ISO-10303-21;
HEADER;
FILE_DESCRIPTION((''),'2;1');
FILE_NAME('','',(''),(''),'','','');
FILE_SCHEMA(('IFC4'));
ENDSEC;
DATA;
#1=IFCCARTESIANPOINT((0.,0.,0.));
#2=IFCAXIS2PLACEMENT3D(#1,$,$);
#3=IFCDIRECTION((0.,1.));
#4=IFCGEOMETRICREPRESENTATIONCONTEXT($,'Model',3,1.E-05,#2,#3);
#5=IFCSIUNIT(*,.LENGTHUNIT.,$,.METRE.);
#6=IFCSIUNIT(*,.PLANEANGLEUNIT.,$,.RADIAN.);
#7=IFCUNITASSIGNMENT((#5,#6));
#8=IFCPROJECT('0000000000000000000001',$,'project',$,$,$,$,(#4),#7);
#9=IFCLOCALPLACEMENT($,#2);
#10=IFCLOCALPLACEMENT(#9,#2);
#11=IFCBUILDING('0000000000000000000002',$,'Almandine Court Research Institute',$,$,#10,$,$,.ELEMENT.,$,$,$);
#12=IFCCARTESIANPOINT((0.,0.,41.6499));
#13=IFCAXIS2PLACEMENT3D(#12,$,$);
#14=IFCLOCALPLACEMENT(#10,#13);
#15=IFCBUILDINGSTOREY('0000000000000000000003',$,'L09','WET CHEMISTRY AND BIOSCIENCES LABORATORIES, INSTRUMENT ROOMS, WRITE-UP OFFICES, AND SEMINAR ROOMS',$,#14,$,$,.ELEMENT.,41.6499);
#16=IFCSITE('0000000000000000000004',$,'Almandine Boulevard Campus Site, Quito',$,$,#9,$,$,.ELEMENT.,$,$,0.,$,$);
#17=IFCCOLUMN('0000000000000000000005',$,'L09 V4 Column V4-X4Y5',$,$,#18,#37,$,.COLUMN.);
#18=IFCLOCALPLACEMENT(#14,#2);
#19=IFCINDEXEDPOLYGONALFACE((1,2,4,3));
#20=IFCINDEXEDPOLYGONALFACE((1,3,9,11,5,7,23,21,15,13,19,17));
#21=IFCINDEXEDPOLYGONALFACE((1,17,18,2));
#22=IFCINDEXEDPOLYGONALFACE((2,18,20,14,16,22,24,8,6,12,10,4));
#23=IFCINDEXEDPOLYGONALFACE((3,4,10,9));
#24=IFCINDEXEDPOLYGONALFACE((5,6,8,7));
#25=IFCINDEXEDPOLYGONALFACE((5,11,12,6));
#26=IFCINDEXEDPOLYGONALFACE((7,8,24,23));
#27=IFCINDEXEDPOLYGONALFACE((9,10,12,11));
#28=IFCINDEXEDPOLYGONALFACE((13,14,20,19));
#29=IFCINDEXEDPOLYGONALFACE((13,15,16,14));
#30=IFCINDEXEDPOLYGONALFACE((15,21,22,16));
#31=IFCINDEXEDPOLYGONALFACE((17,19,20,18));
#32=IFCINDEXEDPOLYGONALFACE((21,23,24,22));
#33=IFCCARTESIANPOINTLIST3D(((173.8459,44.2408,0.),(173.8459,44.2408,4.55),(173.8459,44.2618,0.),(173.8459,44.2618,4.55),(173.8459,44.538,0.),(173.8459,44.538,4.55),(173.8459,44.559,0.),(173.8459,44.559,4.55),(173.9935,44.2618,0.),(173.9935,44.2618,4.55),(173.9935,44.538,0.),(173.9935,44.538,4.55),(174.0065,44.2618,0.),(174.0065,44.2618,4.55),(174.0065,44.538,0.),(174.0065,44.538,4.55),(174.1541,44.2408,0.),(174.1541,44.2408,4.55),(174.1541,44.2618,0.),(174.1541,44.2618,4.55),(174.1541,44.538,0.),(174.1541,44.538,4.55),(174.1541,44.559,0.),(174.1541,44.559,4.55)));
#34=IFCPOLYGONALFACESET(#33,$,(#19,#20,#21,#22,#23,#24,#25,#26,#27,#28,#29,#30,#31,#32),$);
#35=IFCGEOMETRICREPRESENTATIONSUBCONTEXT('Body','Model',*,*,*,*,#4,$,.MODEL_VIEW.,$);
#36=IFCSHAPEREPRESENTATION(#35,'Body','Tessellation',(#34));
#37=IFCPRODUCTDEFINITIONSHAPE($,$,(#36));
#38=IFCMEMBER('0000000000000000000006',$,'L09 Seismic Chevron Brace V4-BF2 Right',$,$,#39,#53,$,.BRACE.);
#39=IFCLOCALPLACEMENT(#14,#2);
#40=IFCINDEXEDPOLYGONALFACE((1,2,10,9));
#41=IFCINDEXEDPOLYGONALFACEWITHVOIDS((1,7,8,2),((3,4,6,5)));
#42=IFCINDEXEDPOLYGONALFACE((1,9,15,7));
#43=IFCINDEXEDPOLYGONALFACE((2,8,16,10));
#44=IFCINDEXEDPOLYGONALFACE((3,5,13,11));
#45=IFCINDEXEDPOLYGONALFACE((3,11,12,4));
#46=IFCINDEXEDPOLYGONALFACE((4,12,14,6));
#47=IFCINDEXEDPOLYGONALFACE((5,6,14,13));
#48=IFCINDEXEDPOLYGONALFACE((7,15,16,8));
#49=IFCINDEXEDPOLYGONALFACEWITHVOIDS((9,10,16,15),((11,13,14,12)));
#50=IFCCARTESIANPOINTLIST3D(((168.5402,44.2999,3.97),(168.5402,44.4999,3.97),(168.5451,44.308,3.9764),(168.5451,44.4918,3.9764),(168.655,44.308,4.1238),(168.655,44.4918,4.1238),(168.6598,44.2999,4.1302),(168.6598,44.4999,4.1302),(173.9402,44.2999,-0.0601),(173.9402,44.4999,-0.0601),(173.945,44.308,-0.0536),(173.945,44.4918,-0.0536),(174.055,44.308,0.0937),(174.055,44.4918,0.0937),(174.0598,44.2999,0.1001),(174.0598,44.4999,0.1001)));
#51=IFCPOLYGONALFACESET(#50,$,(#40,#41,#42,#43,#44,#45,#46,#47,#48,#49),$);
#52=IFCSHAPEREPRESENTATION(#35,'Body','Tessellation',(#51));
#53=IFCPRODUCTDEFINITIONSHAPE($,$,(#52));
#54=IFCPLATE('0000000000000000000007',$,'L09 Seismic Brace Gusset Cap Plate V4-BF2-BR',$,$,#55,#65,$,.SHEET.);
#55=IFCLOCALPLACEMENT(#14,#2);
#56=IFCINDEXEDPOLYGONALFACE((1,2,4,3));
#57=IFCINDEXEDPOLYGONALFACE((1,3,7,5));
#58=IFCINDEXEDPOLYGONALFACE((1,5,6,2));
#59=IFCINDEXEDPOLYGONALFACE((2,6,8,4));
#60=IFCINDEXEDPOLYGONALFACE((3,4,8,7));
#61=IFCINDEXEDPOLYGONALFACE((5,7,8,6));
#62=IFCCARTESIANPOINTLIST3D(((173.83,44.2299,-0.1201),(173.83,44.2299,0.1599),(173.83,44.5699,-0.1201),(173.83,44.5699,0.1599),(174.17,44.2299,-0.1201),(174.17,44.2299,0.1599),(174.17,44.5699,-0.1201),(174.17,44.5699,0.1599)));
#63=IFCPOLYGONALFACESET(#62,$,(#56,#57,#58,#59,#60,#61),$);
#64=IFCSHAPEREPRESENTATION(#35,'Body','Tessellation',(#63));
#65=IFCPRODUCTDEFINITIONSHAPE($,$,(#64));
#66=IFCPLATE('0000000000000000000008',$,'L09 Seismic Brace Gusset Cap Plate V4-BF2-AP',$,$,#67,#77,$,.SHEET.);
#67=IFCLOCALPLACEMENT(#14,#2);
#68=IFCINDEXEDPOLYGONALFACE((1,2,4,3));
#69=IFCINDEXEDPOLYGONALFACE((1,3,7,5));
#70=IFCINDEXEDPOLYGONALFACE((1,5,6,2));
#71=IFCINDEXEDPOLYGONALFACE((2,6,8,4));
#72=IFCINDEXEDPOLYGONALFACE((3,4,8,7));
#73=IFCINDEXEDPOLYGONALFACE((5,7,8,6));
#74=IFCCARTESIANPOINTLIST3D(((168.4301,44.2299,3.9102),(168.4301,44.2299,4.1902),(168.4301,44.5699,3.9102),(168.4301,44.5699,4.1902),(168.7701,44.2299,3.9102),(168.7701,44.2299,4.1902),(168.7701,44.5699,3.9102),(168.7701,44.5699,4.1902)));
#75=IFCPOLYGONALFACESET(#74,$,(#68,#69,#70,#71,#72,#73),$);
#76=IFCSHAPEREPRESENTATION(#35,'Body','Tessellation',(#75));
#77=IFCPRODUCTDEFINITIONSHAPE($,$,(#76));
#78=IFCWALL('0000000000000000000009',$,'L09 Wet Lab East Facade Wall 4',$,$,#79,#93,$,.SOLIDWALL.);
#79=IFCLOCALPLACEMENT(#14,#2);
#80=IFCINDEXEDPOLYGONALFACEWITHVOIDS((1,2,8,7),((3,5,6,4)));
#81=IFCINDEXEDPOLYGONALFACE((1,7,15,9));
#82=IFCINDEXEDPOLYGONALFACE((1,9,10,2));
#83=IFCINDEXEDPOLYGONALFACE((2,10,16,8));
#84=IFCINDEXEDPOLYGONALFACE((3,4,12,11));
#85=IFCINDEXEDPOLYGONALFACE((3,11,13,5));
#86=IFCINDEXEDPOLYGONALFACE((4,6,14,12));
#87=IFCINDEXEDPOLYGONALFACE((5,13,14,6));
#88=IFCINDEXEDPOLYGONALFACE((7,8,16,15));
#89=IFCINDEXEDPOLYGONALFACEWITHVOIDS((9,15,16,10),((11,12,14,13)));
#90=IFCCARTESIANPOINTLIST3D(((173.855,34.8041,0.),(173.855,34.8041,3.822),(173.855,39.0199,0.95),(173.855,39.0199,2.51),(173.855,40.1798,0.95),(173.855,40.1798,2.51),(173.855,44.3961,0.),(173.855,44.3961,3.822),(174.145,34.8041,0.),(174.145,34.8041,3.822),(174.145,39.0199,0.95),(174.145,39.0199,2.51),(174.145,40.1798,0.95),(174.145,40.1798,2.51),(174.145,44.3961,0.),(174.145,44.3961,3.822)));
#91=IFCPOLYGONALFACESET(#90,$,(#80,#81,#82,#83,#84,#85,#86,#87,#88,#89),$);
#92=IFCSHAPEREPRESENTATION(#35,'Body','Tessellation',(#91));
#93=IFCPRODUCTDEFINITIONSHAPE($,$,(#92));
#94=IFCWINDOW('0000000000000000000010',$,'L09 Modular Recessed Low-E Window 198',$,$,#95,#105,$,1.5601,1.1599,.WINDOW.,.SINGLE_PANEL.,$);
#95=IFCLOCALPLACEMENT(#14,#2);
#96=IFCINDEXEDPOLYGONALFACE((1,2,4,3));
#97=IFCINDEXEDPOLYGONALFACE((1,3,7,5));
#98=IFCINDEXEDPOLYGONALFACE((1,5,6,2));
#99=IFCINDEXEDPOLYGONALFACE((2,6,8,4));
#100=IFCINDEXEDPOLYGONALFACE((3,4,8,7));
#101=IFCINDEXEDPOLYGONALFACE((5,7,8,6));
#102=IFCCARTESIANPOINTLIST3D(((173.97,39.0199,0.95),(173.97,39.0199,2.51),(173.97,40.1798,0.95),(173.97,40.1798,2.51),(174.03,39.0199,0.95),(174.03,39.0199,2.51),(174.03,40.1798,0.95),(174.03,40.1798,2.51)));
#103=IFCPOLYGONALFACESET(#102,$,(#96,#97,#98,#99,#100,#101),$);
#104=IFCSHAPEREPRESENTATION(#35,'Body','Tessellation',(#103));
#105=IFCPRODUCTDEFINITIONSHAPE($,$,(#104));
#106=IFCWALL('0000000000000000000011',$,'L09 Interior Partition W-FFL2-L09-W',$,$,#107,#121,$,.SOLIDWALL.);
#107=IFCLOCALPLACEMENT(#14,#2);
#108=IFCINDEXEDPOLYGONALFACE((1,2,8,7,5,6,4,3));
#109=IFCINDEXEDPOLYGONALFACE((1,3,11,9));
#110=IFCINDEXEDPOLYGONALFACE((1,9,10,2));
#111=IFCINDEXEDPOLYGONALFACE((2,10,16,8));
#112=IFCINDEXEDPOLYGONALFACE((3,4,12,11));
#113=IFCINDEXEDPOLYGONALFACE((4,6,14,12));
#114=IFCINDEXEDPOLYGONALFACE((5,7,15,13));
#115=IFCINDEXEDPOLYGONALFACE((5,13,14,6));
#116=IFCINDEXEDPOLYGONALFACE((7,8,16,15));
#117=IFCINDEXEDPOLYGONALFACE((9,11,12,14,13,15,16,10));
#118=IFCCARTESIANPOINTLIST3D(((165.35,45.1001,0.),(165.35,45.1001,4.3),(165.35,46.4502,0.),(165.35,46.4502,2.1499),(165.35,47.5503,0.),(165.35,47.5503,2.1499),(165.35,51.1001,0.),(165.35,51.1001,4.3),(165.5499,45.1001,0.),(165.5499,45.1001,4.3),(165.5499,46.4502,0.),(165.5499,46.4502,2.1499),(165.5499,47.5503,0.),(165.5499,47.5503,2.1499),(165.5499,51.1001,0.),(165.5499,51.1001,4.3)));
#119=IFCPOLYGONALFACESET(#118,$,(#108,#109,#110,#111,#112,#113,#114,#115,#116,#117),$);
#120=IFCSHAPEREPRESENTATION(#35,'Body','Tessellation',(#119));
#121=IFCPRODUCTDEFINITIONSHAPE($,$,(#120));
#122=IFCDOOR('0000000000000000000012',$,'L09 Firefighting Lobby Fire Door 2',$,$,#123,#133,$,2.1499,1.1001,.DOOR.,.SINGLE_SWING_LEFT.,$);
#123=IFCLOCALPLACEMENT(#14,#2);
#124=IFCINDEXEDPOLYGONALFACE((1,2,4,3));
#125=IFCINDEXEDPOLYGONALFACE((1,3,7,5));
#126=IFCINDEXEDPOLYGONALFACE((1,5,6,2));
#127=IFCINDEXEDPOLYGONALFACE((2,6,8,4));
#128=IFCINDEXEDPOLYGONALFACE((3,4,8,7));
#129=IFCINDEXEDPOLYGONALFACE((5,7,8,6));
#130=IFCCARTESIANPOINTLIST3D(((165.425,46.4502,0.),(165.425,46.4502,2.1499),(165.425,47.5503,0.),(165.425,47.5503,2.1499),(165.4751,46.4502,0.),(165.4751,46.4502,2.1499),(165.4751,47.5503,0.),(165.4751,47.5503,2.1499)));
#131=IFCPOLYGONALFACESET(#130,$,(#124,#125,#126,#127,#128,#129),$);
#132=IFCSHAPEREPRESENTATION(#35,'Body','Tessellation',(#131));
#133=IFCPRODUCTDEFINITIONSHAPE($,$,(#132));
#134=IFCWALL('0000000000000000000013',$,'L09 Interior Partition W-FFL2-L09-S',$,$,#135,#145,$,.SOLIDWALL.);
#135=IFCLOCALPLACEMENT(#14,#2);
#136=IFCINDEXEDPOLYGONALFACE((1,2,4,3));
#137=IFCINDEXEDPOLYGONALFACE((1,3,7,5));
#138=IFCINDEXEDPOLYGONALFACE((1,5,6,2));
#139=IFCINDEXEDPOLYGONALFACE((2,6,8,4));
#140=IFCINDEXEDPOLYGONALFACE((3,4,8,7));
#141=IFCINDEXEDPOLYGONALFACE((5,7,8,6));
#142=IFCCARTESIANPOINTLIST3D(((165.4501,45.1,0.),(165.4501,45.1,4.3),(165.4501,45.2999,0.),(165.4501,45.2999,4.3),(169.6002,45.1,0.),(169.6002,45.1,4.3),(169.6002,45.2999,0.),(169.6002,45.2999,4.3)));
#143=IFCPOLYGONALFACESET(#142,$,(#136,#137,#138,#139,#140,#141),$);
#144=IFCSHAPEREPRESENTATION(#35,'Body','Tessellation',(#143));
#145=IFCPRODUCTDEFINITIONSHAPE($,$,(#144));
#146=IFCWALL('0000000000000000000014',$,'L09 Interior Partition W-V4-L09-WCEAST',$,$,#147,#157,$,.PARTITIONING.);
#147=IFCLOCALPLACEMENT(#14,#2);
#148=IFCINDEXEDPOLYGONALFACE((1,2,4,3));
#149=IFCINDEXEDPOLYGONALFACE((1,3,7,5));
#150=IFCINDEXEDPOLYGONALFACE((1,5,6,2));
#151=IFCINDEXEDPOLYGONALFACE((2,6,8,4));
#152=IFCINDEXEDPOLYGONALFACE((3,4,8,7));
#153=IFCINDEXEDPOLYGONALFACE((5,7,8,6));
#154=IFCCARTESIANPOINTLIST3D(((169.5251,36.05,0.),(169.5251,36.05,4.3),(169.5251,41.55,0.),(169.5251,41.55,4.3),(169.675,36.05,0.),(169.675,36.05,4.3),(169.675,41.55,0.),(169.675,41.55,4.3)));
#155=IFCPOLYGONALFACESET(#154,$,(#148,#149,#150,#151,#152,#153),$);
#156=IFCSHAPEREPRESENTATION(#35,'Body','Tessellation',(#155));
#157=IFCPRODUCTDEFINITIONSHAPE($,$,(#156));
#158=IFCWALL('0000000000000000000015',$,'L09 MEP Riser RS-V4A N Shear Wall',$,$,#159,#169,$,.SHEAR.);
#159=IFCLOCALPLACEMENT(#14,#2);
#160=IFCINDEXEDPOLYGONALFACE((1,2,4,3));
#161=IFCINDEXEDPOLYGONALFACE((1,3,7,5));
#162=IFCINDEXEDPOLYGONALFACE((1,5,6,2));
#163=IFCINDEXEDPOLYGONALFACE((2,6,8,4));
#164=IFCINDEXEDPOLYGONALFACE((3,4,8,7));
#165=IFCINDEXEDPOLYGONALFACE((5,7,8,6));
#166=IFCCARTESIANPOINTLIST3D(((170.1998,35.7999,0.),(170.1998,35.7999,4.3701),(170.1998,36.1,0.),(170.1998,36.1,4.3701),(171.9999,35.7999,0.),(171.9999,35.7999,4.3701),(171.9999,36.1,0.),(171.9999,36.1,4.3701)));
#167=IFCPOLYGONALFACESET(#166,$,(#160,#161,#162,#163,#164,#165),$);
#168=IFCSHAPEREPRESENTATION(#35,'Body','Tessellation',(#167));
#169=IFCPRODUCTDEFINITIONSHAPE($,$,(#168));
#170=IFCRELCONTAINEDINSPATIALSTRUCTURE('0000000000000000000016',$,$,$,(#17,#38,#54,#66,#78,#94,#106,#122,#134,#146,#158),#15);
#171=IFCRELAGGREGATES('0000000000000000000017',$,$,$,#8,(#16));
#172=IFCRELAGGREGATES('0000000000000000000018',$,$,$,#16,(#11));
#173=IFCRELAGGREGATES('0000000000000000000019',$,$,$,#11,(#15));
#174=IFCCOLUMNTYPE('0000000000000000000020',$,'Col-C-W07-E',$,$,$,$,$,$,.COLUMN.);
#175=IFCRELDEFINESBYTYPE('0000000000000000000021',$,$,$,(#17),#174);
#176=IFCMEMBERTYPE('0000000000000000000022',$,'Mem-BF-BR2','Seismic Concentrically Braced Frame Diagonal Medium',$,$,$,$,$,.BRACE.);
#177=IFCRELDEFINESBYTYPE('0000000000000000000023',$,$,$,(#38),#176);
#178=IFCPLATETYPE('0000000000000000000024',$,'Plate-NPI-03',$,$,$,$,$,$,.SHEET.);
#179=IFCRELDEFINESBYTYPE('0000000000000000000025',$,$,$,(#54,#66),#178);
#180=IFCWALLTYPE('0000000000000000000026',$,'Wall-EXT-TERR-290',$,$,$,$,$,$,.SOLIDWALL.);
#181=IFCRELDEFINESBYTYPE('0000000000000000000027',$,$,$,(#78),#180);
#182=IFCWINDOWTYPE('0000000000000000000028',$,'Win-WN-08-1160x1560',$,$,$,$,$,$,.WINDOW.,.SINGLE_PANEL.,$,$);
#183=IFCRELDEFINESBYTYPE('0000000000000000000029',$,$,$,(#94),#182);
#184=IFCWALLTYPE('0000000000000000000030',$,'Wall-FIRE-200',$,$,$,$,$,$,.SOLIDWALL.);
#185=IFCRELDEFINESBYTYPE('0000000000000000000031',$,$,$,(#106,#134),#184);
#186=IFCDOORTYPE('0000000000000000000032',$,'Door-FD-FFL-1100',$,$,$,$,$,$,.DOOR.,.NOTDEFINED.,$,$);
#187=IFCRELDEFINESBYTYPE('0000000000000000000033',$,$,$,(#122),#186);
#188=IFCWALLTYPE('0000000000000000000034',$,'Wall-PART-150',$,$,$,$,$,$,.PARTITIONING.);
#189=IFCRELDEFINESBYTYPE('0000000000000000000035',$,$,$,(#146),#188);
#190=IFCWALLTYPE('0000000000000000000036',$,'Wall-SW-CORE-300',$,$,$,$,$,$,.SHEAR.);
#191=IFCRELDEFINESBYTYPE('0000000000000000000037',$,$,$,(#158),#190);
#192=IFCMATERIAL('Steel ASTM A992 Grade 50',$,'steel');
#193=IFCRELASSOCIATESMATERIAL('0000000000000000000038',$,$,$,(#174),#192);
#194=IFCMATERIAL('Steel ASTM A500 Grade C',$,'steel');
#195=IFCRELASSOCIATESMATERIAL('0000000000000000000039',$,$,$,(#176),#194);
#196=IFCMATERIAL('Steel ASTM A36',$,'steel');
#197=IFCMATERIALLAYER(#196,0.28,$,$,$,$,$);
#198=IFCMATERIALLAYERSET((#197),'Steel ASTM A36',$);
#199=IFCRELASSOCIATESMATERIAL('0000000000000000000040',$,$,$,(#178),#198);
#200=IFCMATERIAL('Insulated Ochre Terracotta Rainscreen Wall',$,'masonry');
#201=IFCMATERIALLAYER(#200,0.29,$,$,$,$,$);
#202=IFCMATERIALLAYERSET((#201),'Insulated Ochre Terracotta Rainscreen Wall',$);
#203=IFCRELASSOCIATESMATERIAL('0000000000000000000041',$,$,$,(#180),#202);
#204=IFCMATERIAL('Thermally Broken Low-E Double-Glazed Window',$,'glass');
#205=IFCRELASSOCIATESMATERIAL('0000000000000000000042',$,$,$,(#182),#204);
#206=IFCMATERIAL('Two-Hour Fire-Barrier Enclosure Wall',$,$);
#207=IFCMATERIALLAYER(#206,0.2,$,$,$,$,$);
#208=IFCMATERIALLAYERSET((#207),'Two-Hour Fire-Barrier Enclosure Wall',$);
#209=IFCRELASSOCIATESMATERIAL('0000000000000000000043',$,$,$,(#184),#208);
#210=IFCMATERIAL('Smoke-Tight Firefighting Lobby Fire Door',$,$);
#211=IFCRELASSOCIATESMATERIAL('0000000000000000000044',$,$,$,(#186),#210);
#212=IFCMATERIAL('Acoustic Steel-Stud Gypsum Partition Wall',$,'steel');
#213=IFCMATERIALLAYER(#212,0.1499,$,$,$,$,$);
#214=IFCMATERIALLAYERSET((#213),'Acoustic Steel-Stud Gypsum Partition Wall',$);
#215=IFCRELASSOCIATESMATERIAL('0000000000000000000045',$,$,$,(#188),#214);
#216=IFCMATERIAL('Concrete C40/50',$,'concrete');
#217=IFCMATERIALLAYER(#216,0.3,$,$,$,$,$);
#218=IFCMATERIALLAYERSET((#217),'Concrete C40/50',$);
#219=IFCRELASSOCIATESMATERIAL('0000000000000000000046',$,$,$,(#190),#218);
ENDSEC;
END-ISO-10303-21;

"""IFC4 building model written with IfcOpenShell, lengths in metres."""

from ifc_helpers import new_model, si_unit, direction, frame, frame_2d, origin, origin_2d, place, context, subcontext, project, spatial, rectangle, hollow_rectangle, i_section, extrude, material, layer, layer_set, material_profile, profile_set, type_object, element, fill, save


model = new_model("IFC4")

# Units and contexts
model_context = context("Model", 3, precision=1e-05, world=origin(), true_north=direction((0.0, 1.0)))
body_context = subcontext(model_context, "Body", "Model", "MODEL_VIEW")
ifc_project = project(units=[si_unit("LENGTHUNIT", "METRE"), si_unit("PLANEANGLEUNIT", "RADIAN")], contexts=[model_context])

# Site, building, storey
site_placement = place(None, origin())
site = spatial("IfcSite", under=ifc_project, at=site_placement, Name="Almandine Boulevard Campus Site, Quito", CompositionType="ELEMENT", RefElevation=0.0)
building_placement = place(site_placement, origin())
building = spatial("IfcBuilding", under=site, at=building_placement, Name="Almandine Court Research Institute", CompositionType="ELEMENT")
storey_placement = place(building_placement, frame((0.0, 0.0, 41.6499)))
storey = spatial("IfcBuildingStorey", under=building, at=storey_placement, Name="L09", Description="WET CHEMISTRY AND BIOSCIENCES LABORATORIES, INSTRUMENT ROOMS, WRITE-UP OFFICES, AND SEMINAR ROOMS", CompositionType="ELEMENT", Elevation=41.6499)

# Column
ifc_material_1 = material(Name="Steel ASTM A992 Grade 50", Category="steel")
ifc_material_profile_1 = material_profile(ifc_material_1, i_section(OverallWidth=0.3081, OverallDepth=0.3181, WebThickness=0.0129, FlangeThickness=0.021, at=origin_2d()), Name="W310x129")
ifc_profile_set_1 = profile_set([ifc_material_profile_1], Name="Steel ASTM A992 Grade 50")
column_type = type_object("IfcColumnType", Name="Col-C-W07-E", PredefinedType="COLUMN", material=ifc_profile_set_1)
column_placement = place(storey_placement, frame((174.0, 44.3999, 0.0), z_axis=(0.0, 0.0, 1.0), x_axis=(1.0, 0.0, 0.0)))
element("IfcColumn", 1, at=column_placement, inside=storey, type_object=column_type, Name="L09 V4 Column V4-X4Y5", PredefinedType="COLUMN", context=body_context, shape_type="SweptSolid", body=[
    extrude(i_section(OverallWidth=0.3081, OverallDepth=0.3181, WebThickness=0.0129, FlangeThickness=0.021, at=origin_2d()), origin(), (0.0, 0.0, 1.0), 4.55),
])

# Member
ifc_material_2 = material(Name="Steel ASTM A500 Grade C", Category="steel")
ifc_material_profile_2 = material_profile(ifc_material_2, hollow_rectangle(XDim=0.2, YDim=0.2, WallThickness=0.0081, at=origin_2d()), Name="HSS 200x200x8")
ifc_profile_set_2 = profile_set([ifc_material_profile_2], Name="Steel ASTM A500 Grade C")
member_type = type_object("IfcMemberType", Name="Mem-BF-BR2", Description="Seismic Concentrically Braced Frame Diagonal Medium", PredefinedType="BRACE", material=ifc_profile_set_2)
member_placement = place(storey_placement, frame((174.0, 44.3999, 0.02), z_axis=(-0.801415, 0.0, 0.598108), x_axis=(0.0, -1.0, 0.0)))
element("IfcMember", 2, at=member_placement, inside=storey, type_object=member_type, Name="L09 Seismic Chevron Brace V4-BF2 Right", PredefinedType="BRACE", context=body_context, shape_type="SweptSolid", body=[
    extrude(hollow_rectangle(XDim=0.2, YDim=0.2, WallThickness=0.0081, at=origin_2d()), origin(), (0.0, 0.0, 1.0), 6.738),
])

# Plates
ifc_material_3 = material(Name="Steel ASTM A36", Category="steel")
ifc_layer_1 = layer(ifc_material_3, 0.28)
ifc_layer_set_1 = layer_set([ifc_layer_1], Name="Steel ASTM A36")
plate_type = type_object("IfcPlateType", Name="Plate-NPI-03", PredefinedType="SHEET", material=ifc_layer_set_1)
for number, where, z_axis, x_axis, name in (
    (3, (174.0, 44.3999, -0.1201), (0.0, 0.0, 1.0), (1.0, 0.0, 0.0), "L09 Seismic Brace Gusset Cap Plate V4-BF2-BR"),
    (4, (168.6001, 44.3999, 3.9102), (0.0, 0.0, 1.0), (1.0, 0.0, 0.0), "L09 Seismic Brace Gusset Cap Plate V4-BF2-AP"),
):
    element("IfcPlate", number, at=place(storey_placement, frame(where, z_axis=z_axis, x_axis=x_axis)), inside=storey, type_object=plate_type, Name=name, PredefinedType="SHEET", context=body_context, shape_type="SweptSolid", body=[
        extrude(rectangle(XDim=0.3401, YDim=0.3401, at=origin_2d()), origin(), (0.0, 0.0, 1.0), 0.28),
    ])

# Wall, opening, window
ifc_material_4 = material(Name="Insulated Ochre Terracotta Rainscreen Wall", Category="masonry")
ifc_layer_2 = layer(ifc_material_4, 0.29)
ifc_layer_set_2 = layer_set([ifc_layer_2], Name="Insulated Ochre Terracotta Rainscreen Wall")
wall_type_1 = type_object("IfcWallType", Name="Wall-EXT-TERR-290", PredefinedType="SOLIDWALL", material=ifc_layer_set_2)
wall_1_placement = place(storey_placement, frame((174.0, 44.396, 0.0), z_axis=(0.0, 0.0, 1.0), x_axis=(0.0, -1.0, 0.0)))
wall_1 = element("IfcWall", 5, at=wall_1_placement, inside=storey, type_object=wall_type_1, Name="L09 Wet Lab East Facade Wall 4", PredefinedType="SOLIDWALL", context=body_context, shape_type="SweptSolid", body=[
    extrude(rectangle(XDim=9.592, YDim=0.29, at=frame_2d((4.7959, 0.0))), origin(), (0.0, 0.0, 1.0), 3.822),
])
opening_1_placement = place(wall_1_placement, frame((4.2161, 0.0, 0.95)))
opening_1 = element("IfcOpeningElement", 6, at=opening_1_placement, cuts=wall_1, PredefinedType="OPENING", context=body_context, shape_type="SweptSolid", body=[
    extrude(rectangle(XDim=1.1599, YDim=1.5601, at=frame_2d((0.5801, 0.78))), frame((0.0, 0.155, 0.0), z_axis=(0.0, -1.0, 0.0), x_axis=(1.0, 0.0, 0.0)), (0.0, 0.0, 1.0), 0.3101),
])
ifc_material_5 = material(Name="Thermally Broken Low-E Double-Glazed Window", Category="glass")
window_type = type_object("IfcWindowType", Name="Win-WN-08-1160x1560", PartitioningType="SINGLE_PANEL", PredefinedType="WINDOW", material=ifc_material_5)
window_placement = place(opening_1_placement, origin())
window = element("IfcWindow", 7, at=window_placement, inside=storey, type_object=window_type, Name="L09 Modular Recessed Low-E Window 198", OverallHeight=1.5601, OverallWidth=1.1599, PartitioningType="SINGLE_PANEL", PredefinedType="WINDOW", context=body_context, shape_type="SweptSolid", body=[
    extrude(rectangle(XDim=1.1599, YDim=1.5601, at=frame_2d((0.5801, 0.78))), frame((0.0, 0.03, 0.0), z_axis=(0.0, -1.0, 0.0), x_axis=(1.0, 0.0, 0.0)), (0.0, 0.0, 1.0), 0.0601),
])
fill(opening_1, window)

# Wall, opening, door
ifc_material_6 = material(Name="Two-Hour Fire-Barrier Enclosure Wall")
ifc_layer_3 = layer(ifc_material_6, 0.2)
ifc_layer_set_3 = layer_set([ifc_layer_3], Name="Two-Hour Fire-Barrier Enclosure Wall")
wall_type_2 = type_object("IfcWallType", Name="Wall-FIRE-200", PredefinedType="SOLIDWALL", material=ifc_layer_set_3)
wall_2_placement = place(storey_placement, frame((165.45, 45.1001, 0.0), z_axis=(0.0, 0.0, 1.0), x_axis=(0.0, 1.0, 0.0)))
wall_2 = element("IfcWall", 8, at=wall_2_placement, inside=storey, type_object=wall_type_2, Name="L09 Interior Partition W-FFL2-L09-W", PredefinedType="SOLIDWALL", context=body_context, shape_type="SweptSolid", body=[
    extrude(rectangle(XDim=6.0, YDim=0.2, at=frame_2d((3.0, 0.0))), origin(), (0.0, 0.0, 1.0), 4.3),
])
opening_2_placement = place(wall_2_placement, frame((1.3501, 0.0, 0.0)))
opening_2 = element("IfcOpeningElement", 9, at=opening_2_placement, cuts=wall_2, PredefinedType="OPENING", context=body_context, shape_type="SweptSolid", body=[
    extrude(rectangle(XDim=1.1001, YDim=2.1499, at=frame_2d((0.55, 1.075))), frame((0.0, 0.1099, 0.0), z_axis=(0.0, -1.0, 0.0), x_axis=(1.0, 0.0, 0.0)), (0.0, 0.0, 1.0), 0.22),
])
ifc_material_7 = material(Name="Smoke-Tight Firefighting Lobby Fire Door")
door_type_1 = type_object("IfcDoorType", Name="Door-FD-FFL-1100", OperationType="NOTDEFINED", PredefinedType="DOOR", material=ifc_material_7)
door_1_placement = place(opening_2_placement, origin())
door_1 = element("IfcDoor", 10, at=door_1_placement, inside=storey, type_object=door_type_1, Name="L09 Firefighting Lobby Fire Door 2", OperationType="SINGLE_SWING_LEFT", OverallHeight=2.1499, OverallWidth=1.1001, PredefinedType="DOOR", context=body_context, shape_type="SweptSolid", body=[
    extrude(rectangle(XDim=1.1001, YDim=2.1499, at=frame_2d((0.55, 1.075))), frame((0.0, 0.0249, 0.0), z_axis=(0.0, -1.0, 0.0), x_axis=(1.0, 0.0, 0.0)), (0.0, 0.0, 1.0), 0.05),
])
fill(opening_2, door_1)

# Walls
wall_3_placement = place(storey_placement, frame((165.45, 45.2, 0.0), z_axis=(0.0, 0.0, 1.0), x_axis=(1.0, 0.0, 0.0)))
element("IfcWall", 11, at=wall_3_placement, inside=storey, type_object=wall_type_2, Name="L09 Interior Partition W-FFL2-L09-S", PredefinedType="SOLIDWALL", context=body_context, shape_type="SweptSolid", body=[
    extrude(rectangle(XDim=4.1501, YDim=0.2, at=frame_2d((2.0752, 0.0))), origin(), (0.0, 0.0, 1.0), 4.3),
])
ifc_material_8 = material(Name="Acoustic Steel-Stud Gypsum Partition Wall", Category="steel")
ifc_layer_4 = layer(ifc_material_8, 0.1499)
ifc_layer_set_4 = layer_set([ifc_layer_4], Name="Acoustic Steel-Stud Gypsum Partition Wall")
wall_type_3 = type_object("IfcWallType", Name="Wall-PART-150", PredefinedType="PARTITIONING", material=ifc_layer_set_4)
wall_4_placement = place(storey_placement, frame((169.6001, 36.05, 0.0), z_axis=(0.0, 0.0, 1.0), x_axis=(0.0, 1.0, 0.0)))
element("IfcWall", 12, at=wall_4_placement, inside=storey, type_object=wall_type_3, Name="L09 Interior Partition W-V4-L09-WCEAST", PredefinedType="PARTITIONING", context=body_context, shape_type="SweptSolid", body=[
    extrude(rectangle(XDim=5.5, YDim=0.1499, at=frame_2d((2.75, 0.0))), origin(), (0.0, 0.0, 1.0), 4.3),
])
ifc_material_9 = material(Name="Concrete C40/50", Category="concrete")
ifc_layer_5 = layer(ifc_material_9, 0.3)
ifc_layer_set_5 = layer_set([ifc_layer_5], Name="Concrete C40/50")
wall_type_4 = type_object("IfcWallType", Name="Wall-SW-CORE-300", PredefinedType="SHEAR", material=ifc_layer_set_5)
wall_5_placement = place(storey_placement, frame((170.2, 35.95, 0.0), z_axis=(0.0, 0.0, 1.0), x_axis=(1.0, 0.0, 0.0)))
element("IfcWall", 13, at=wall_5_placement, inside=storey, type_object=wall_type_4, Name="L09 MEP Riser RS-V4A N Shear Wall", PredefinedType="SHEAR", context=body_context, shape_type="SweptSolid", body=[
    extrude(rectangle(XDim=1.8, YDim=0.3, at=frame_2d((0.8999, 0.0))), origin(), (0.0, 0.0, 1.0), 4.3701),
])

save(model, "model.ifc")
